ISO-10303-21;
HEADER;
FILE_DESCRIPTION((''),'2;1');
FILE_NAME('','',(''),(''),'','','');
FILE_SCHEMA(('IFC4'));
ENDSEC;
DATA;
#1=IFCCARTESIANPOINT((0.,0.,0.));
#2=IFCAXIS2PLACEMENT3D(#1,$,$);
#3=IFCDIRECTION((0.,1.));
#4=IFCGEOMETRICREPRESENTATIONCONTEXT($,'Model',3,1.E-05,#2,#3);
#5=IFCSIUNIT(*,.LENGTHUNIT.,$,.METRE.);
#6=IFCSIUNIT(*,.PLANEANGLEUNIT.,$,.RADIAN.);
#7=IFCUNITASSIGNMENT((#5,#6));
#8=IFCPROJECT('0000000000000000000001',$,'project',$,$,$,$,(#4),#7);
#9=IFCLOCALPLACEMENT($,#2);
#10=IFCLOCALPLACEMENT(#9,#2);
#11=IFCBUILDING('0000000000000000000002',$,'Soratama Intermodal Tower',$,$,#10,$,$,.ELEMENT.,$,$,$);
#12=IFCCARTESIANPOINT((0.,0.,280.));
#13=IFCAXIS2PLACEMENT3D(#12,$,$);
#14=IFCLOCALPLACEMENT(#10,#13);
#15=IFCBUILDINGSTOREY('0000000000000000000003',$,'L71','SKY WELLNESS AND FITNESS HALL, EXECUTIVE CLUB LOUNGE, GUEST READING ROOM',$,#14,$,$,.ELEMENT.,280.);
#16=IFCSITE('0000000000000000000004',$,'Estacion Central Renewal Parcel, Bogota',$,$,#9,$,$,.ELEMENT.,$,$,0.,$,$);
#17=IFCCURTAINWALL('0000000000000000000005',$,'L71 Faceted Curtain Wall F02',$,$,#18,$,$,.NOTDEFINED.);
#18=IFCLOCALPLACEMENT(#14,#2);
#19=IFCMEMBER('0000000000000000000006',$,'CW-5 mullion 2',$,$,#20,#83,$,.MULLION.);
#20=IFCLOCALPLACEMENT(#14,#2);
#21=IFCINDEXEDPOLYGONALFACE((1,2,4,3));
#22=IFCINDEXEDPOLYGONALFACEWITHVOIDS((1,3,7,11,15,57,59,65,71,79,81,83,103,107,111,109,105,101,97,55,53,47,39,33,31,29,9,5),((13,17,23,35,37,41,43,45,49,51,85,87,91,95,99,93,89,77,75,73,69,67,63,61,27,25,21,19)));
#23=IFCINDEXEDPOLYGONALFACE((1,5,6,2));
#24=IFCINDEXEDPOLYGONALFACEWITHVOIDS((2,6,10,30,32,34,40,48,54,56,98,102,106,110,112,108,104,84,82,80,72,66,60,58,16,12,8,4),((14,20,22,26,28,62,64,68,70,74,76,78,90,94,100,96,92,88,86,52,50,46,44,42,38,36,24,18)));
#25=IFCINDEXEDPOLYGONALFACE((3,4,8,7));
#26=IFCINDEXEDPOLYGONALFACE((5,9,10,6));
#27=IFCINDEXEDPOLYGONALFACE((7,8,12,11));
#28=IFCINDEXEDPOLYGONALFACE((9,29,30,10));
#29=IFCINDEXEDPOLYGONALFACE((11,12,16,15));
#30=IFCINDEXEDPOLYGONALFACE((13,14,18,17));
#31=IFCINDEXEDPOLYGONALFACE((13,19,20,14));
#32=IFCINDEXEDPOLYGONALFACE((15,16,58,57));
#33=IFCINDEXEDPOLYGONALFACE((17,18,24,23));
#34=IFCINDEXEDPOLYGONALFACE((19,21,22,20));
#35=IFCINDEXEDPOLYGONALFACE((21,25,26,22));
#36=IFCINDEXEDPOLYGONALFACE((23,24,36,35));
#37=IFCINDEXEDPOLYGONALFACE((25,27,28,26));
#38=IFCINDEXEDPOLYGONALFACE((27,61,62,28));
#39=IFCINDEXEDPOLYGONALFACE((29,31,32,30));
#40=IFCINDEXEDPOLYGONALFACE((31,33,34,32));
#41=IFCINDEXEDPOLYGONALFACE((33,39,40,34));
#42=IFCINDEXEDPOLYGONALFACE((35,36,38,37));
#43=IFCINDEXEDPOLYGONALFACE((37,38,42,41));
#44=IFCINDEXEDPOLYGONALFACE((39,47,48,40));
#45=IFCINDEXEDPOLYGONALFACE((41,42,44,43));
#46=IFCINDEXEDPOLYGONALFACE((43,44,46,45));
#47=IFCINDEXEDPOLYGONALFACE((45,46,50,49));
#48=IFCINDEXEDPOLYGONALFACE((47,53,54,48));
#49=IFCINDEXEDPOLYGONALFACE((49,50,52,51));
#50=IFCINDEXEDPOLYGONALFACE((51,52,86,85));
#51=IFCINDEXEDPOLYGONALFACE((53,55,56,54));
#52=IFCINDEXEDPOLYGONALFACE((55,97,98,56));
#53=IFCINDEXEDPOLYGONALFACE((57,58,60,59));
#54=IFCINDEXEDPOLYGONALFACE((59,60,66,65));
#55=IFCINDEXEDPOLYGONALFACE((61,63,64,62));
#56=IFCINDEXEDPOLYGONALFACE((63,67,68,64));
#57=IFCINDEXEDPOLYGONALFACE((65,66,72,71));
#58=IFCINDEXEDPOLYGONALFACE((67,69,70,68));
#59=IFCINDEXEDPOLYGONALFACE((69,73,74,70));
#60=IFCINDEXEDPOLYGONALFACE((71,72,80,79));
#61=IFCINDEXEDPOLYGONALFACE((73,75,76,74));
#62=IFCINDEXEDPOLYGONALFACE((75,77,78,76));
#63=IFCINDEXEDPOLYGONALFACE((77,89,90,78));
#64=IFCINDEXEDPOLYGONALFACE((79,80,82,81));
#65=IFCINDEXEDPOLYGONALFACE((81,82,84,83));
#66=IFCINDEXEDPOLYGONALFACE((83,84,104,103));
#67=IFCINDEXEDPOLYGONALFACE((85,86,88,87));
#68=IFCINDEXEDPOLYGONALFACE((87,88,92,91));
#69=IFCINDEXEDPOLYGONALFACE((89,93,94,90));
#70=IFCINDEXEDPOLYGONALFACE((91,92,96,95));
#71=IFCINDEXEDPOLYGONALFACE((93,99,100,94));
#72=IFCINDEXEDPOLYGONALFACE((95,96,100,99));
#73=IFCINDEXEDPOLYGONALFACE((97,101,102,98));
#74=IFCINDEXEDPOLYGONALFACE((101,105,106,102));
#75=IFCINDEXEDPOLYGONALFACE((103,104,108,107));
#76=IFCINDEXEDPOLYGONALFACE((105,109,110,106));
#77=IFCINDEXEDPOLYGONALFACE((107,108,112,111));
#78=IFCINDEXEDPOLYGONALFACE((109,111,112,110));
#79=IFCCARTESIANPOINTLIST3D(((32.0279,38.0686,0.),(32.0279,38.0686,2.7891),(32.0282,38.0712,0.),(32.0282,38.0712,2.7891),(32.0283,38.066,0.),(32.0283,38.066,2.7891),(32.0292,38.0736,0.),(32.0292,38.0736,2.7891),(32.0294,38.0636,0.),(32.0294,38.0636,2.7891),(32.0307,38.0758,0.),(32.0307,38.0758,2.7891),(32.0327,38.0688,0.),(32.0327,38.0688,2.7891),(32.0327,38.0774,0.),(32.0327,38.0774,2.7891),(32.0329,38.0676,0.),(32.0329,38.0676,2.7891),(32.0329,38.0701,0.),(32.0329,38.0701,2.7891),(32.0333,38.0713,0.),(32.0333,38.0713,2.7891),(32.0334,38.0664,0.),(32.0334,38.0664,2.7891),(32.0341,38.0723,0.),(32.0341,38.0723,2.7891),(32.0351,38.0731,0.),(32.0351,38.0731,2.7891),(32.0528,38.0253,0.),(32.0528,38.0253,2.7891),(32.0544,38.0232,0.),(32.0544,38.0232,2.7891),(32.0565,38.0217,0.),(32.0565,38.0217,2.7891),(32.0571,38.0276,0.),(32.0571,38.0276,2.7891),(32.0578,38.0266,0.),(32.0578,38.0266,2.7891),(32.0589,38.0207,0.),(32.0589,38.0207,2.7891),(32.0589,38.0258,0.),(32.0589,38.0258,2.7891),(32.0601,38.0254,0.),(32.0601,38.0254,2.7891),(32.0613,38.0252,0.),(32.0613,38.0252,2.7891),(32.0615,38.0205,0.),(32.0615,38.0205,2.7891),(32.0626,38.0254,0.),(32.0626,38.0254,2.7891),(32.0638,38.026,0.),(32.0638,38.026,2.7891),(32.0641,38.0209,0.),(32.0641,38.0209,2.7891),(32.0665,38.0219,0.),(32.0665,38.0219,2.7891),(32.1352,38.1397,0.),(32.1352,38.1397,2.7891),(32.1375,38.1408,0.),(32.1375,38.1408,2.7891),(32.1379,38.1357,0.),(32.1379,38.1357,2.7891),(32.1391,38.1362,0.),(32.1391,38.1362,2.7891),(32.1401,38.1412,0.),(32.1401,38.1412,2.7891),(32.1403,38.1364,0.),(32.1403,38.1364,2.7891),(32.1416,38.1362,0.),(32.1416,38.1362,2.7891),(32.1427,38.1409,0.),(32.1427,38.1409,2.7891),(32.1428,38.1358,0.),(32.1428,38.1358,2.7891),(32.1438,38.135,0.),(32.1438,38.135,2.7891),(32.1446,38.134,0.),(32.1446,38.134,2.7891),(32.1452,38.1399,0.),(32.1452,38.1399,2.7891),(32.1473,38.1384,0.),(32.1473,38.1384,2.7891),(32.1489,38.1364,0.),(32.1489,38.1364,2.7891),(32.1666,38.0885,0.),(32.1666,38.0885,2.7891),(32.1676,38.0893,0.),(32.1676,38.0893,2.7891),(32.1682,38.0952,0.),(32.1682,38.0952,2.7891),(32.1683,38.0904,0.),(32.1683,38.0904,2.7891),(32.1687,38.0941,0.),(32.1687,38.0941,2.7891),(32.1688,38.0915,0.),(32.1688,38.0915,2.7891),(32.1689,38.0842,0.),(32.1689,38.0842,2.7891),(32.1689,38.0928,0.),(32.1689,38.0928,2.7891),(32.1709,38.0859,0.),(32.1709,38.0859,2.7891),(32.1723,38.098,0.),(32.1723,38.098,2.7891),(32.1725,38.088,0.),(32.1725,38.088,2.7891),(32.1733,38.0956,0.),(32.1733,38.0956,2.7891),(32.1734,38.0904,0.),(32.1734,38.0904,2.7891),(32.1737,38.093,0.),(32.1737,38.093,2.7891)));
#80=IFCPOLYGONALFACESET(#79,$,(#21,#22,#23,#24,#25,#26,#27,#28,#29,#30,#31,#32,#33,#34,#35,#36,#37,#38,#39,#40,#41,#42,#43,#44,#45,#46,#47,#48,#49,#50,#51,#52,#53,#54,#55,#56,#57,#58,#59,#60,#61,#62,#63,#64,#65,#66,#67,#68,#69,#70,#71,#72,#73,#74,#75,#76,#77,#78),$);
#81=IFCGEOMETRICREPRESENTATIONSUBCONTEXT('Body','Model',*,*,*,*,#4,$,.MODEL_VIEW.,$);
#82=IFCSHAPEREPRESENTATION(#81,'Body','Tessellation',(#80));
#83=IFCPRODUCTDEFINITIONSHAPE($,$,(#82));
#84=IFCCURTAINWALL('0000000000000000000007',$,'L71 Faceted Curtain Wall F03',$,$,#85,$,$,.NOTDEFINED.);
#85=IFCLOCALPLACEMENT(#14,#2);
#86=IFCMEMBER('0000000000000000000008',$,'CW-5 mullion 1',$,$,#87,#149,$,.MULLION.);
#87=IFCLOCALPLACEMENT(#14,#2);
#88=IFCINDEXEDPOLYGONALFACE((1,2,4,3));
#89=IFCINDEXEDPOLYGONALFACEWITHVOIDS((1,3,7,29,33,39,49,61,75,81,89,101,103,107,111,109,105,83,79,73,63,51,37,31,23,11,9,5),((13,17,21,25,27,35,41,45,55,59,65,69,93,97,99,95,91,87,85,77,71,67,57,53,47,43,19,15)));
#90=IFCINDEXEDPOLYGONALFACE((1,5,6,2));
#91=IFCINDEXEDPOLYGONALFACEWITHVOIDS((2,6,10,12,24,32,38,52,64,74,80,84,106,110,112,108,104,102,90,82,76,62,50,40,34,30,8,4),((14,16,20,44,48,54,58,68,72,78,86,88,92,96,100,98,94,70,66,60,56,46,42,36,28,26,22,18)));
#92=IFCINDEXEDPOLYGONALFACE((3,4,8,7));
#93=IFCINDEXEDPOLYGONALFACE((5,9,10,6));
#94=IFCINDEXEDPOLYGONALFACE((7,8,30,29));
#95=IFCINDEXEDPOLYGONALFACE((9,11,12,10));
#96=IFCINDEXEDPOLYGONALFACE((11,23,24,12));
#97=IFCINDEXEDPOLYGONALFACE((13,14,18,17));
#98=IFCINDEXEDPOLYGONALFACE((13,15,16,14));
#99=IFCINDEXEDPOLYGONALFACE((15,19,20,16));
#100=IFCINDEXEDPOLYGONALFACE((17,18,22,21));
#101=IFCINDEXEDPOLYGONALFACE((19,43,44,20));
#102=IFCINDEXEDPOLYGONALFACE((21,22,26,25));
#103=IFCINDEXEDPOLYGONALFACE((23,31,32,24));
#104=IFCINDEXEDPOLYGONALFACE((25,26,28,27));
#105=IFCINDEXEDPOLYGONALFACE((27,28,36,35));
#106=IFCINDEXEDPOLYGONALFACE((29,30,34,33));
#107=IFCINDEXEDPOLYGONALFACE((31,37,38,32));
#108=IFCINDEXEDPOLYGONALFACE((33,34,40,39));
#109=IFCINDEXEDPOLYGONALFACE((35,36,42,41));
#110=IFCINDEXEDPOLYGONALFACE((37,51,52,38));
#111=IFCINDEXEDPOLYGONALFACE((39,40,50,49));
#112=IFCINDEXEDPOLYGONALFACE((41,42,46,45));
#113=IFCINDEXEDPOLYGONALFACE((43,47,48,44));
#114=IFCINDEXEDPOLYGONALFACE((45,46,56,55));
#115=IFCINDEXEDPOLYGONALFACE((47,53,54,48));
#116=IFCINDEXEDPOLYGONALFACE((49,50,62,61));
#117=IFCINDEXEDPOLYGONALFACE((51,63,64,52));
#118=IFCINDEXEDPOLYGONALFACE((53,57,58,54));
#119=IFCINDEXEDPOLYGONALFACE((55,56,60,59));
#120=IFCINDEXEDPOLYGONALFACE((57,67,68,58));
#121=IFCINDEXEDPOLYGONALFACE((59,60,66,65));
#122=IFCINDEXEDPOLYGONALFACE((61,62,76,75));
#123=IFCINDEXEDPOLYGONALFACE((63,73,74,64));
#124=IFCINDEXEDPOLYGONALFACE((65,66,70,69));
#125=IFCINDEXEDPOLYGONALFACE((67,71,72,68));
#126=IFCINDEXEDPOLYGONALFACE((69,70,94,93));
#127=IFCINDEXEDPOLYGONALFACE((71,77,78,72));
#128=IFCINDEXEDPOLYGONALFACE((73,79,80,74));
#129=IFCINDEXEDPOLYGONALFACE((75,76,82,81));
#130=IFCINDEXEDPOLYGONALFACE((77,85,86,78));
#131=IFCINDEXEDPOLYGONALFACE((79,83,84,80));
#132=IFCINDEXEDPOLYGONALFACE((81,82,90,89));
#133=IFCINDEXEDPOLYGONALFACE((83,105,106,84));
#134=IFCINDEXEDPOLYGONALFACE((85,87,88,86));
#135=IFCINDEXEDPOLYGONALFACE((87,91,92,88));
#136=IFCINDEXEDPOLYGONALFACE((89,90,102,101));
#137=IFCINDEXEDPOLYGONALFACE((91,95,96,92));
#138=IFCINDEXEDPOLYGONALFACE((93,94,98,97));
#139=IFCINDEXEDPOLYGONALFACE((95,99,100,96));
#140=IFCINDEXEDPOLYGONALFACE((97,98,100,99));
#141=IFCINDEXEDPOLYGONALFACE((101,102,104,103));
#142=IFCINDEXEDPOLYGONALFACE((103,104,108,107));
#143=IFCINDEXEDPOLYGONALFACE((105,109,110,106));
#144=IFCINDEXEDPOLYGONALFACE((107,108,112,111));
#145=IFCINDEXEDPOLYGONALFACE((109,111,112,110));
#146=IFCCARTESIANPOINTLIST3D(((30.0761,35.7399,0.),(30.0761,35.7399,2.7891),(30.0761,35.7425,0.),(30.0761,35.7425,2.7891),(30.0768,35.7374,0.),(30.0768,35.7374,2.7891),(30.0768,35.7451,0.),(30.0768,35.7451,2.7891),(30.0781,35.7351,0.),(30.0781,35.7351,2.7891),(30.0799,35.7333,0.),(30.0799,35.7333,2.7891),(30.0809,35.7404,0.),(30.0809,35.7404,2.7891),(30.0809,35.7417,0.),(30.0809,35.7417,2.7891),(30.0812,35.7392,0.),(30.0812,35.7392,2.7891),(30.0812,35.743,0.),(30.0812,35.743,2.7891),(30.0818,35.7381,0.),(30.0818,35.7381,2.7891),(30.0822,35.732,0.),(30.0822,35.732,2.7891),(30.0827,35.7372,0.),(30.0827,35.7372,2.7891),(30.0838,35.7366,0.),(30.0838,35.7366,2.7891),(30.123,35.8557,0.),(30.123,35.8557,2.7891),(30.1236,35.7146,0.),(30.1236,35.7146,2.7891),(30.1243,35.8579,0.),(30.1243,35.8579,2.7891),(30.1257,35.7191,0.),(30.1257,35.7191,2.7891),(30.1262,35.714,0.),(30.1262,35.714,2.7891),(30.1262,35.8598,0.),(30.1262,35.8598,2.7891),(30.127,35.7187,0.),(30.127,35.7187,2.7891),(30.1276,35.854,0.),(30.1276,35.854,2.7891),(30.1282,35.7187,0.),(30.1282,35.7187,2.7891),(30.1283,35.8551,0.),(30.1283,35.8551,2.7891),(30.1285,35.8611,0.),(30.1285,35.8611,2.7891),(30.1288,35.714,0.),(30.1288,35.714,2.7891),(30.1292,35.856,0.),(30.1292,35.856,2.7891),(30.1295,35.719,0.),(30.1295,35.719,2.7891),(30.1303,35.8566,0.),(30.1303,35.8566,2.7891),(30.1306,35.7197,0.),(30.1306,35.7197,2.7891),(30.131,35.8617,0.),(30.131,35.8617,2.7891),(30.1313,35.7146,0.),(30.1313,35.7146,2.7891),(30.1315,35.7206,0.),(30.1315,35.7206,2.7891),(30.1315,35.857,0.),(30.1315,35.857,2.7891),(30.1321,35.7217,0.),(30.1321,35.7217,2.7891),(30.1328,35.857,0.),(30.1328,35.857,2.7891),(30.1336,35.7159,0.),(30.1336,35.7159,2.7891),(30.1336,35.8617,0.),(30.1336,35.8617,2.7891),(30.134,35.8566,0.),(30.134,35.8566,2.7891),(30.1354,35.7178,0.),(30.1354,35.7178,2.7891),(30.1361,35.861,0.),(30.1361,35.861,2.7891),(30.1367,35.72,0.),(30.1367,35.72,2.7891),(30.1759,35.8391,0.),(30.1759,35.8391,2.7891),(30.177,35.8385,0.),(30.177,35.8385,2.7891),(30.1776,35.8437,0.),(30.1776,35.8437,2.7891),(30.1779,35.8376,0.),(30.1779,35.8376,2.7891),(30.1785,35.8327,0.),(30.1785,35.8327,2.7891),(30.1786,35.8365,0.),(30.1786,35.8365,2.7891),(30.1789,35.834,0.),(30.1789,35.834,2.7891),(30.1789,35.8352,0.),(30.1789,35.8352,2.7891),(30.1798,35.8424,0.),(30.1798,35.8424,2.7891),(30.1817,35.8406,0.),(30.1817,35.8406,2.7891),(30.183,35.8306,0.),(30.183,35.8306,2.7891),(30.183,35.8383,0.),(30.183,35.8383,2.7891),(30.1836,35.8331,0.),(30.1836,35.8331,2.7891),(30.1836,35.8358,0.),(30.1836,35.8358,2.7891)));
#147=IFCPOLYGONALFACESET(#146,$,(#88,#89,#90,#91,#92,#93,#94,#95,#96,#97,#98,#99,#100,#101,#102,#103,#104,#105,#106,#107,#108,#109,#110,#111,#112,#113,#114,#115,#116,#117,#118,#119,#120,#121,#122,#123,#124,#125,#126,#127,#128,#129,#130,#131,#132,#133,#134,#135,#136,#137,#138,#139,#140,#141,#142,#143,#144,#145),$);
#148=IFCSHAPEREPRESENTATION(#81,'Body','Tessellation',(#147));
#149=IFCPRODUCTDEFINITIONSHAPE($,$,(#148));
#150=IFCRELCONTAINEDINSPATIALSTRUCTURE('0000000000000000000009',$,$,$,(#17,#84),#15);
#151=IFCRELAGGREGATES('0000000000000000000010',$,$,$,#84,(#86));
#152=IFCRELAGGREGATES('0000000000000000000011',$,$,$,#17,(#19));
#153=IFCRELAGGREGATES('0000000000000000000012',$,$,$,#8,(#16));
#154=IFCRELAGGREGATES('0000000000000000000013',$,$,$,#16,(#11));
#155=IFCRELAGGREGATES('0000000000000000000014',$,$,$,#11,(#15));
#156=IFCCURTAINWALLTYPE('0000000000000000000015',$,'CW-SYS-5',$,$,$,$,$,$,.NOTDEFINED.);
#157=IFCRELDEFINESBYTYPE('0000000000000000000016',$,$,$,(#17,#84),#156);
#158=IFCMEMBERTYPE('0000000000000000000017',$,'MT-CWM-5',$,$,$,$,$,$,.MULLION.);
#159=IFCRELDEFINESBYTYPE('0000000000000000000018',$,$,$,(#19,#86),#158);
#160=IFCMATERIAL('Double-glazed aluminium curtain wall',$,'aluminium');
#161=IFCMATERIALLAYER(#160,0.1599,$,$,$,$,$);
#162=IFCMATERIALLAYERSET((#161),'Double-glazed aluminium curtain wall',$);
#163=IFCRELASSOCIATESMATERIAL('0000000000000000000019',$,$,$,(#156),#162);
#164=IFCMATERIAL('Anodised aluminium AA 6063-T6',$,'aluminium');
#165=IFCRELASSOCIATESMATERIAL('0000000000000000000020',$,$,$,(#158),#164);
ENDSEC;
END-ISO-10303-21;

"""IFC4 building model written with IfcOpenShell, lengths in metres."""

from ifc_helpers import new_model, si_unit, direction, frame, origin, origin_2d, place, context, subcontext, project, spatial, hollow_rectangle, extrude, material, layer, layer_set, material_profile, profile_set, type_object, element, aggregate, save


model = new_model("IFC4")

# Units and contexts
model_context = context("Model", 3, precision=1e-05, world=origin(), true_north=direction((0.0, 1.0)))
body_context = subcontext(model_context, "Body", "Model", "MODEL_VIEW")
ifc_project = project(units=[si_unit("LENGTHUNIT", "METRE"), si_unit("PLANEANGLEUNIT", "RADIAN")], contexts=[model_context])

# Site, building, storey
site_placement = place(None, origin())
site = spatial("IfcSite", under=ifc_project, at=site_placement, Name="Estacion Central Renewal Parcel, Bogota", CompositionType="ELEMENT", RefElevation=0.0)
building_placement = place(site_placement, origin())
building = spatial("IfcBuilding", under=site, at=building_placement, Name="Soratama Intermodal Tower", CompositionType="ELEMENT")
storey_placement = place(building_placement, frame((0.0, 0.0, 280.0)))
storey = spatial("IfcBuildingStorey", under=building, at=storey_placement, Name="L71", Description="SKY WELLNESS AND FITNESS HALL, EXECUTIVE CLUB LOUNGE, GUEST READING ROOM", CompositionType="ELEMENT", Elevation=280.0)

# Curtain wall, member
ifc_material_1 = material(Name="Double-glazed aluminium curtain wall", Category="aluminium")
ifc_layer_1 = layer(ifc_material_1, 0.1599)
ifc_layer_set_1 = layer_set([ifc_layer_1], Name="Double-glazed aluminium curtain wall")
curtain_wall_type = type_object("IfcCurtainWallType", Name="CW-SYS-5", PredefinedType="NOTDEFINED", material=ifc_layer_set_1)
curtain_wall_1_placement = place(storey_placement, origin())
curtain_wall_1 = element("IfcCurtainWall", 1, at=curtain_wall_1_placement, inside=storey, type_object=curtain_wall_type, Name="L71 Faceted Curtain Wall F02", PredefinedType="NOTDEFINED")
ifc_material_2 = material(Name="Anodised aluminium AA 6063-T6", Category="aluminium")
ifc_material_profile_1 = material_profile(ifc_material_2, hollow_rectangle(XDim=0.0649, YDim=0.1399, WallThickness=0.0049, InnerFilletRadius=0.0049, OuterFilletRadius=0.01, at=origin_2d()), Name="CWM140X65X5")
ifc_profile_set_1 = profile_set([ifc_material_profile_1], Name="Anodised aluminium AA 6063-T6")
member_type_1 = type_object("IfcMemberType", Name="MT-CWM-5", PredefinedType="MULLION", material=ifc_profile_set_1)
member_1_placement = place(storey_placement, frame((32.1008, 38.0808, 0.0), z_axis=(0.0, 0.0, 1.0), x_axis=(0.519813, -0.85428, 0.0)))
member_1 = element("IfcMember", 2, at=member_1_placement, type_object=member_type_1, Name="CW-5 mullion 2", PredefinedType="MULLION", context=body_context, shape_type="SweptSolid", body=[
    extrude(hollow_rectangle(XDim=0.0649, YDim=0.1399, WallThickness=0.0049, InnerFilletRadius=0.0049, OuterFilletRadius=0.01, at=origin_2d()), origin(), (0.0, 0.0, 1.0), 2.7891),
])

# Curtain wall, member
curtain_wall_2_placement = place(storey_placement, origin())
curtain_wall_2 = element("IfcCurtainWall", 3, at=curtain_wall_2_placement, inside=storey, type_object=curtain_wall_type, Name="L71 Faceted Curtain Wall F03", PredefinedType="NOTDEFINED")
member_2_placement = place(storey_placement, frame((30.1299, 35.7878, 0.0), z_axis=(0.0, 0.0, 1.0), x_axis=(0.922673, -0.385583, 0.0)))
member_2 = element("IfcMember", 4, at=member_2_placement, type_object=member_type_1, Name="CW-5 mullion 1", PredefinedType="MULLION", context=body_context, shape_type="SweptSolid", body=[
    extrude(hollow_rectangle(XDim=0.0649, YDim=0.1399, WallThickness=0.0049, InnerFilletRadius=0.0049, OuterFilletRadius=0.01, at=origin_2d()), origin(), (0.0, 0.0, 1.0), 2.7891),
])

aggregate(curtain_wall_2, [member_2])

aggregate(curtain_wall_1, [member_1])

save(model, "model.ifc")
